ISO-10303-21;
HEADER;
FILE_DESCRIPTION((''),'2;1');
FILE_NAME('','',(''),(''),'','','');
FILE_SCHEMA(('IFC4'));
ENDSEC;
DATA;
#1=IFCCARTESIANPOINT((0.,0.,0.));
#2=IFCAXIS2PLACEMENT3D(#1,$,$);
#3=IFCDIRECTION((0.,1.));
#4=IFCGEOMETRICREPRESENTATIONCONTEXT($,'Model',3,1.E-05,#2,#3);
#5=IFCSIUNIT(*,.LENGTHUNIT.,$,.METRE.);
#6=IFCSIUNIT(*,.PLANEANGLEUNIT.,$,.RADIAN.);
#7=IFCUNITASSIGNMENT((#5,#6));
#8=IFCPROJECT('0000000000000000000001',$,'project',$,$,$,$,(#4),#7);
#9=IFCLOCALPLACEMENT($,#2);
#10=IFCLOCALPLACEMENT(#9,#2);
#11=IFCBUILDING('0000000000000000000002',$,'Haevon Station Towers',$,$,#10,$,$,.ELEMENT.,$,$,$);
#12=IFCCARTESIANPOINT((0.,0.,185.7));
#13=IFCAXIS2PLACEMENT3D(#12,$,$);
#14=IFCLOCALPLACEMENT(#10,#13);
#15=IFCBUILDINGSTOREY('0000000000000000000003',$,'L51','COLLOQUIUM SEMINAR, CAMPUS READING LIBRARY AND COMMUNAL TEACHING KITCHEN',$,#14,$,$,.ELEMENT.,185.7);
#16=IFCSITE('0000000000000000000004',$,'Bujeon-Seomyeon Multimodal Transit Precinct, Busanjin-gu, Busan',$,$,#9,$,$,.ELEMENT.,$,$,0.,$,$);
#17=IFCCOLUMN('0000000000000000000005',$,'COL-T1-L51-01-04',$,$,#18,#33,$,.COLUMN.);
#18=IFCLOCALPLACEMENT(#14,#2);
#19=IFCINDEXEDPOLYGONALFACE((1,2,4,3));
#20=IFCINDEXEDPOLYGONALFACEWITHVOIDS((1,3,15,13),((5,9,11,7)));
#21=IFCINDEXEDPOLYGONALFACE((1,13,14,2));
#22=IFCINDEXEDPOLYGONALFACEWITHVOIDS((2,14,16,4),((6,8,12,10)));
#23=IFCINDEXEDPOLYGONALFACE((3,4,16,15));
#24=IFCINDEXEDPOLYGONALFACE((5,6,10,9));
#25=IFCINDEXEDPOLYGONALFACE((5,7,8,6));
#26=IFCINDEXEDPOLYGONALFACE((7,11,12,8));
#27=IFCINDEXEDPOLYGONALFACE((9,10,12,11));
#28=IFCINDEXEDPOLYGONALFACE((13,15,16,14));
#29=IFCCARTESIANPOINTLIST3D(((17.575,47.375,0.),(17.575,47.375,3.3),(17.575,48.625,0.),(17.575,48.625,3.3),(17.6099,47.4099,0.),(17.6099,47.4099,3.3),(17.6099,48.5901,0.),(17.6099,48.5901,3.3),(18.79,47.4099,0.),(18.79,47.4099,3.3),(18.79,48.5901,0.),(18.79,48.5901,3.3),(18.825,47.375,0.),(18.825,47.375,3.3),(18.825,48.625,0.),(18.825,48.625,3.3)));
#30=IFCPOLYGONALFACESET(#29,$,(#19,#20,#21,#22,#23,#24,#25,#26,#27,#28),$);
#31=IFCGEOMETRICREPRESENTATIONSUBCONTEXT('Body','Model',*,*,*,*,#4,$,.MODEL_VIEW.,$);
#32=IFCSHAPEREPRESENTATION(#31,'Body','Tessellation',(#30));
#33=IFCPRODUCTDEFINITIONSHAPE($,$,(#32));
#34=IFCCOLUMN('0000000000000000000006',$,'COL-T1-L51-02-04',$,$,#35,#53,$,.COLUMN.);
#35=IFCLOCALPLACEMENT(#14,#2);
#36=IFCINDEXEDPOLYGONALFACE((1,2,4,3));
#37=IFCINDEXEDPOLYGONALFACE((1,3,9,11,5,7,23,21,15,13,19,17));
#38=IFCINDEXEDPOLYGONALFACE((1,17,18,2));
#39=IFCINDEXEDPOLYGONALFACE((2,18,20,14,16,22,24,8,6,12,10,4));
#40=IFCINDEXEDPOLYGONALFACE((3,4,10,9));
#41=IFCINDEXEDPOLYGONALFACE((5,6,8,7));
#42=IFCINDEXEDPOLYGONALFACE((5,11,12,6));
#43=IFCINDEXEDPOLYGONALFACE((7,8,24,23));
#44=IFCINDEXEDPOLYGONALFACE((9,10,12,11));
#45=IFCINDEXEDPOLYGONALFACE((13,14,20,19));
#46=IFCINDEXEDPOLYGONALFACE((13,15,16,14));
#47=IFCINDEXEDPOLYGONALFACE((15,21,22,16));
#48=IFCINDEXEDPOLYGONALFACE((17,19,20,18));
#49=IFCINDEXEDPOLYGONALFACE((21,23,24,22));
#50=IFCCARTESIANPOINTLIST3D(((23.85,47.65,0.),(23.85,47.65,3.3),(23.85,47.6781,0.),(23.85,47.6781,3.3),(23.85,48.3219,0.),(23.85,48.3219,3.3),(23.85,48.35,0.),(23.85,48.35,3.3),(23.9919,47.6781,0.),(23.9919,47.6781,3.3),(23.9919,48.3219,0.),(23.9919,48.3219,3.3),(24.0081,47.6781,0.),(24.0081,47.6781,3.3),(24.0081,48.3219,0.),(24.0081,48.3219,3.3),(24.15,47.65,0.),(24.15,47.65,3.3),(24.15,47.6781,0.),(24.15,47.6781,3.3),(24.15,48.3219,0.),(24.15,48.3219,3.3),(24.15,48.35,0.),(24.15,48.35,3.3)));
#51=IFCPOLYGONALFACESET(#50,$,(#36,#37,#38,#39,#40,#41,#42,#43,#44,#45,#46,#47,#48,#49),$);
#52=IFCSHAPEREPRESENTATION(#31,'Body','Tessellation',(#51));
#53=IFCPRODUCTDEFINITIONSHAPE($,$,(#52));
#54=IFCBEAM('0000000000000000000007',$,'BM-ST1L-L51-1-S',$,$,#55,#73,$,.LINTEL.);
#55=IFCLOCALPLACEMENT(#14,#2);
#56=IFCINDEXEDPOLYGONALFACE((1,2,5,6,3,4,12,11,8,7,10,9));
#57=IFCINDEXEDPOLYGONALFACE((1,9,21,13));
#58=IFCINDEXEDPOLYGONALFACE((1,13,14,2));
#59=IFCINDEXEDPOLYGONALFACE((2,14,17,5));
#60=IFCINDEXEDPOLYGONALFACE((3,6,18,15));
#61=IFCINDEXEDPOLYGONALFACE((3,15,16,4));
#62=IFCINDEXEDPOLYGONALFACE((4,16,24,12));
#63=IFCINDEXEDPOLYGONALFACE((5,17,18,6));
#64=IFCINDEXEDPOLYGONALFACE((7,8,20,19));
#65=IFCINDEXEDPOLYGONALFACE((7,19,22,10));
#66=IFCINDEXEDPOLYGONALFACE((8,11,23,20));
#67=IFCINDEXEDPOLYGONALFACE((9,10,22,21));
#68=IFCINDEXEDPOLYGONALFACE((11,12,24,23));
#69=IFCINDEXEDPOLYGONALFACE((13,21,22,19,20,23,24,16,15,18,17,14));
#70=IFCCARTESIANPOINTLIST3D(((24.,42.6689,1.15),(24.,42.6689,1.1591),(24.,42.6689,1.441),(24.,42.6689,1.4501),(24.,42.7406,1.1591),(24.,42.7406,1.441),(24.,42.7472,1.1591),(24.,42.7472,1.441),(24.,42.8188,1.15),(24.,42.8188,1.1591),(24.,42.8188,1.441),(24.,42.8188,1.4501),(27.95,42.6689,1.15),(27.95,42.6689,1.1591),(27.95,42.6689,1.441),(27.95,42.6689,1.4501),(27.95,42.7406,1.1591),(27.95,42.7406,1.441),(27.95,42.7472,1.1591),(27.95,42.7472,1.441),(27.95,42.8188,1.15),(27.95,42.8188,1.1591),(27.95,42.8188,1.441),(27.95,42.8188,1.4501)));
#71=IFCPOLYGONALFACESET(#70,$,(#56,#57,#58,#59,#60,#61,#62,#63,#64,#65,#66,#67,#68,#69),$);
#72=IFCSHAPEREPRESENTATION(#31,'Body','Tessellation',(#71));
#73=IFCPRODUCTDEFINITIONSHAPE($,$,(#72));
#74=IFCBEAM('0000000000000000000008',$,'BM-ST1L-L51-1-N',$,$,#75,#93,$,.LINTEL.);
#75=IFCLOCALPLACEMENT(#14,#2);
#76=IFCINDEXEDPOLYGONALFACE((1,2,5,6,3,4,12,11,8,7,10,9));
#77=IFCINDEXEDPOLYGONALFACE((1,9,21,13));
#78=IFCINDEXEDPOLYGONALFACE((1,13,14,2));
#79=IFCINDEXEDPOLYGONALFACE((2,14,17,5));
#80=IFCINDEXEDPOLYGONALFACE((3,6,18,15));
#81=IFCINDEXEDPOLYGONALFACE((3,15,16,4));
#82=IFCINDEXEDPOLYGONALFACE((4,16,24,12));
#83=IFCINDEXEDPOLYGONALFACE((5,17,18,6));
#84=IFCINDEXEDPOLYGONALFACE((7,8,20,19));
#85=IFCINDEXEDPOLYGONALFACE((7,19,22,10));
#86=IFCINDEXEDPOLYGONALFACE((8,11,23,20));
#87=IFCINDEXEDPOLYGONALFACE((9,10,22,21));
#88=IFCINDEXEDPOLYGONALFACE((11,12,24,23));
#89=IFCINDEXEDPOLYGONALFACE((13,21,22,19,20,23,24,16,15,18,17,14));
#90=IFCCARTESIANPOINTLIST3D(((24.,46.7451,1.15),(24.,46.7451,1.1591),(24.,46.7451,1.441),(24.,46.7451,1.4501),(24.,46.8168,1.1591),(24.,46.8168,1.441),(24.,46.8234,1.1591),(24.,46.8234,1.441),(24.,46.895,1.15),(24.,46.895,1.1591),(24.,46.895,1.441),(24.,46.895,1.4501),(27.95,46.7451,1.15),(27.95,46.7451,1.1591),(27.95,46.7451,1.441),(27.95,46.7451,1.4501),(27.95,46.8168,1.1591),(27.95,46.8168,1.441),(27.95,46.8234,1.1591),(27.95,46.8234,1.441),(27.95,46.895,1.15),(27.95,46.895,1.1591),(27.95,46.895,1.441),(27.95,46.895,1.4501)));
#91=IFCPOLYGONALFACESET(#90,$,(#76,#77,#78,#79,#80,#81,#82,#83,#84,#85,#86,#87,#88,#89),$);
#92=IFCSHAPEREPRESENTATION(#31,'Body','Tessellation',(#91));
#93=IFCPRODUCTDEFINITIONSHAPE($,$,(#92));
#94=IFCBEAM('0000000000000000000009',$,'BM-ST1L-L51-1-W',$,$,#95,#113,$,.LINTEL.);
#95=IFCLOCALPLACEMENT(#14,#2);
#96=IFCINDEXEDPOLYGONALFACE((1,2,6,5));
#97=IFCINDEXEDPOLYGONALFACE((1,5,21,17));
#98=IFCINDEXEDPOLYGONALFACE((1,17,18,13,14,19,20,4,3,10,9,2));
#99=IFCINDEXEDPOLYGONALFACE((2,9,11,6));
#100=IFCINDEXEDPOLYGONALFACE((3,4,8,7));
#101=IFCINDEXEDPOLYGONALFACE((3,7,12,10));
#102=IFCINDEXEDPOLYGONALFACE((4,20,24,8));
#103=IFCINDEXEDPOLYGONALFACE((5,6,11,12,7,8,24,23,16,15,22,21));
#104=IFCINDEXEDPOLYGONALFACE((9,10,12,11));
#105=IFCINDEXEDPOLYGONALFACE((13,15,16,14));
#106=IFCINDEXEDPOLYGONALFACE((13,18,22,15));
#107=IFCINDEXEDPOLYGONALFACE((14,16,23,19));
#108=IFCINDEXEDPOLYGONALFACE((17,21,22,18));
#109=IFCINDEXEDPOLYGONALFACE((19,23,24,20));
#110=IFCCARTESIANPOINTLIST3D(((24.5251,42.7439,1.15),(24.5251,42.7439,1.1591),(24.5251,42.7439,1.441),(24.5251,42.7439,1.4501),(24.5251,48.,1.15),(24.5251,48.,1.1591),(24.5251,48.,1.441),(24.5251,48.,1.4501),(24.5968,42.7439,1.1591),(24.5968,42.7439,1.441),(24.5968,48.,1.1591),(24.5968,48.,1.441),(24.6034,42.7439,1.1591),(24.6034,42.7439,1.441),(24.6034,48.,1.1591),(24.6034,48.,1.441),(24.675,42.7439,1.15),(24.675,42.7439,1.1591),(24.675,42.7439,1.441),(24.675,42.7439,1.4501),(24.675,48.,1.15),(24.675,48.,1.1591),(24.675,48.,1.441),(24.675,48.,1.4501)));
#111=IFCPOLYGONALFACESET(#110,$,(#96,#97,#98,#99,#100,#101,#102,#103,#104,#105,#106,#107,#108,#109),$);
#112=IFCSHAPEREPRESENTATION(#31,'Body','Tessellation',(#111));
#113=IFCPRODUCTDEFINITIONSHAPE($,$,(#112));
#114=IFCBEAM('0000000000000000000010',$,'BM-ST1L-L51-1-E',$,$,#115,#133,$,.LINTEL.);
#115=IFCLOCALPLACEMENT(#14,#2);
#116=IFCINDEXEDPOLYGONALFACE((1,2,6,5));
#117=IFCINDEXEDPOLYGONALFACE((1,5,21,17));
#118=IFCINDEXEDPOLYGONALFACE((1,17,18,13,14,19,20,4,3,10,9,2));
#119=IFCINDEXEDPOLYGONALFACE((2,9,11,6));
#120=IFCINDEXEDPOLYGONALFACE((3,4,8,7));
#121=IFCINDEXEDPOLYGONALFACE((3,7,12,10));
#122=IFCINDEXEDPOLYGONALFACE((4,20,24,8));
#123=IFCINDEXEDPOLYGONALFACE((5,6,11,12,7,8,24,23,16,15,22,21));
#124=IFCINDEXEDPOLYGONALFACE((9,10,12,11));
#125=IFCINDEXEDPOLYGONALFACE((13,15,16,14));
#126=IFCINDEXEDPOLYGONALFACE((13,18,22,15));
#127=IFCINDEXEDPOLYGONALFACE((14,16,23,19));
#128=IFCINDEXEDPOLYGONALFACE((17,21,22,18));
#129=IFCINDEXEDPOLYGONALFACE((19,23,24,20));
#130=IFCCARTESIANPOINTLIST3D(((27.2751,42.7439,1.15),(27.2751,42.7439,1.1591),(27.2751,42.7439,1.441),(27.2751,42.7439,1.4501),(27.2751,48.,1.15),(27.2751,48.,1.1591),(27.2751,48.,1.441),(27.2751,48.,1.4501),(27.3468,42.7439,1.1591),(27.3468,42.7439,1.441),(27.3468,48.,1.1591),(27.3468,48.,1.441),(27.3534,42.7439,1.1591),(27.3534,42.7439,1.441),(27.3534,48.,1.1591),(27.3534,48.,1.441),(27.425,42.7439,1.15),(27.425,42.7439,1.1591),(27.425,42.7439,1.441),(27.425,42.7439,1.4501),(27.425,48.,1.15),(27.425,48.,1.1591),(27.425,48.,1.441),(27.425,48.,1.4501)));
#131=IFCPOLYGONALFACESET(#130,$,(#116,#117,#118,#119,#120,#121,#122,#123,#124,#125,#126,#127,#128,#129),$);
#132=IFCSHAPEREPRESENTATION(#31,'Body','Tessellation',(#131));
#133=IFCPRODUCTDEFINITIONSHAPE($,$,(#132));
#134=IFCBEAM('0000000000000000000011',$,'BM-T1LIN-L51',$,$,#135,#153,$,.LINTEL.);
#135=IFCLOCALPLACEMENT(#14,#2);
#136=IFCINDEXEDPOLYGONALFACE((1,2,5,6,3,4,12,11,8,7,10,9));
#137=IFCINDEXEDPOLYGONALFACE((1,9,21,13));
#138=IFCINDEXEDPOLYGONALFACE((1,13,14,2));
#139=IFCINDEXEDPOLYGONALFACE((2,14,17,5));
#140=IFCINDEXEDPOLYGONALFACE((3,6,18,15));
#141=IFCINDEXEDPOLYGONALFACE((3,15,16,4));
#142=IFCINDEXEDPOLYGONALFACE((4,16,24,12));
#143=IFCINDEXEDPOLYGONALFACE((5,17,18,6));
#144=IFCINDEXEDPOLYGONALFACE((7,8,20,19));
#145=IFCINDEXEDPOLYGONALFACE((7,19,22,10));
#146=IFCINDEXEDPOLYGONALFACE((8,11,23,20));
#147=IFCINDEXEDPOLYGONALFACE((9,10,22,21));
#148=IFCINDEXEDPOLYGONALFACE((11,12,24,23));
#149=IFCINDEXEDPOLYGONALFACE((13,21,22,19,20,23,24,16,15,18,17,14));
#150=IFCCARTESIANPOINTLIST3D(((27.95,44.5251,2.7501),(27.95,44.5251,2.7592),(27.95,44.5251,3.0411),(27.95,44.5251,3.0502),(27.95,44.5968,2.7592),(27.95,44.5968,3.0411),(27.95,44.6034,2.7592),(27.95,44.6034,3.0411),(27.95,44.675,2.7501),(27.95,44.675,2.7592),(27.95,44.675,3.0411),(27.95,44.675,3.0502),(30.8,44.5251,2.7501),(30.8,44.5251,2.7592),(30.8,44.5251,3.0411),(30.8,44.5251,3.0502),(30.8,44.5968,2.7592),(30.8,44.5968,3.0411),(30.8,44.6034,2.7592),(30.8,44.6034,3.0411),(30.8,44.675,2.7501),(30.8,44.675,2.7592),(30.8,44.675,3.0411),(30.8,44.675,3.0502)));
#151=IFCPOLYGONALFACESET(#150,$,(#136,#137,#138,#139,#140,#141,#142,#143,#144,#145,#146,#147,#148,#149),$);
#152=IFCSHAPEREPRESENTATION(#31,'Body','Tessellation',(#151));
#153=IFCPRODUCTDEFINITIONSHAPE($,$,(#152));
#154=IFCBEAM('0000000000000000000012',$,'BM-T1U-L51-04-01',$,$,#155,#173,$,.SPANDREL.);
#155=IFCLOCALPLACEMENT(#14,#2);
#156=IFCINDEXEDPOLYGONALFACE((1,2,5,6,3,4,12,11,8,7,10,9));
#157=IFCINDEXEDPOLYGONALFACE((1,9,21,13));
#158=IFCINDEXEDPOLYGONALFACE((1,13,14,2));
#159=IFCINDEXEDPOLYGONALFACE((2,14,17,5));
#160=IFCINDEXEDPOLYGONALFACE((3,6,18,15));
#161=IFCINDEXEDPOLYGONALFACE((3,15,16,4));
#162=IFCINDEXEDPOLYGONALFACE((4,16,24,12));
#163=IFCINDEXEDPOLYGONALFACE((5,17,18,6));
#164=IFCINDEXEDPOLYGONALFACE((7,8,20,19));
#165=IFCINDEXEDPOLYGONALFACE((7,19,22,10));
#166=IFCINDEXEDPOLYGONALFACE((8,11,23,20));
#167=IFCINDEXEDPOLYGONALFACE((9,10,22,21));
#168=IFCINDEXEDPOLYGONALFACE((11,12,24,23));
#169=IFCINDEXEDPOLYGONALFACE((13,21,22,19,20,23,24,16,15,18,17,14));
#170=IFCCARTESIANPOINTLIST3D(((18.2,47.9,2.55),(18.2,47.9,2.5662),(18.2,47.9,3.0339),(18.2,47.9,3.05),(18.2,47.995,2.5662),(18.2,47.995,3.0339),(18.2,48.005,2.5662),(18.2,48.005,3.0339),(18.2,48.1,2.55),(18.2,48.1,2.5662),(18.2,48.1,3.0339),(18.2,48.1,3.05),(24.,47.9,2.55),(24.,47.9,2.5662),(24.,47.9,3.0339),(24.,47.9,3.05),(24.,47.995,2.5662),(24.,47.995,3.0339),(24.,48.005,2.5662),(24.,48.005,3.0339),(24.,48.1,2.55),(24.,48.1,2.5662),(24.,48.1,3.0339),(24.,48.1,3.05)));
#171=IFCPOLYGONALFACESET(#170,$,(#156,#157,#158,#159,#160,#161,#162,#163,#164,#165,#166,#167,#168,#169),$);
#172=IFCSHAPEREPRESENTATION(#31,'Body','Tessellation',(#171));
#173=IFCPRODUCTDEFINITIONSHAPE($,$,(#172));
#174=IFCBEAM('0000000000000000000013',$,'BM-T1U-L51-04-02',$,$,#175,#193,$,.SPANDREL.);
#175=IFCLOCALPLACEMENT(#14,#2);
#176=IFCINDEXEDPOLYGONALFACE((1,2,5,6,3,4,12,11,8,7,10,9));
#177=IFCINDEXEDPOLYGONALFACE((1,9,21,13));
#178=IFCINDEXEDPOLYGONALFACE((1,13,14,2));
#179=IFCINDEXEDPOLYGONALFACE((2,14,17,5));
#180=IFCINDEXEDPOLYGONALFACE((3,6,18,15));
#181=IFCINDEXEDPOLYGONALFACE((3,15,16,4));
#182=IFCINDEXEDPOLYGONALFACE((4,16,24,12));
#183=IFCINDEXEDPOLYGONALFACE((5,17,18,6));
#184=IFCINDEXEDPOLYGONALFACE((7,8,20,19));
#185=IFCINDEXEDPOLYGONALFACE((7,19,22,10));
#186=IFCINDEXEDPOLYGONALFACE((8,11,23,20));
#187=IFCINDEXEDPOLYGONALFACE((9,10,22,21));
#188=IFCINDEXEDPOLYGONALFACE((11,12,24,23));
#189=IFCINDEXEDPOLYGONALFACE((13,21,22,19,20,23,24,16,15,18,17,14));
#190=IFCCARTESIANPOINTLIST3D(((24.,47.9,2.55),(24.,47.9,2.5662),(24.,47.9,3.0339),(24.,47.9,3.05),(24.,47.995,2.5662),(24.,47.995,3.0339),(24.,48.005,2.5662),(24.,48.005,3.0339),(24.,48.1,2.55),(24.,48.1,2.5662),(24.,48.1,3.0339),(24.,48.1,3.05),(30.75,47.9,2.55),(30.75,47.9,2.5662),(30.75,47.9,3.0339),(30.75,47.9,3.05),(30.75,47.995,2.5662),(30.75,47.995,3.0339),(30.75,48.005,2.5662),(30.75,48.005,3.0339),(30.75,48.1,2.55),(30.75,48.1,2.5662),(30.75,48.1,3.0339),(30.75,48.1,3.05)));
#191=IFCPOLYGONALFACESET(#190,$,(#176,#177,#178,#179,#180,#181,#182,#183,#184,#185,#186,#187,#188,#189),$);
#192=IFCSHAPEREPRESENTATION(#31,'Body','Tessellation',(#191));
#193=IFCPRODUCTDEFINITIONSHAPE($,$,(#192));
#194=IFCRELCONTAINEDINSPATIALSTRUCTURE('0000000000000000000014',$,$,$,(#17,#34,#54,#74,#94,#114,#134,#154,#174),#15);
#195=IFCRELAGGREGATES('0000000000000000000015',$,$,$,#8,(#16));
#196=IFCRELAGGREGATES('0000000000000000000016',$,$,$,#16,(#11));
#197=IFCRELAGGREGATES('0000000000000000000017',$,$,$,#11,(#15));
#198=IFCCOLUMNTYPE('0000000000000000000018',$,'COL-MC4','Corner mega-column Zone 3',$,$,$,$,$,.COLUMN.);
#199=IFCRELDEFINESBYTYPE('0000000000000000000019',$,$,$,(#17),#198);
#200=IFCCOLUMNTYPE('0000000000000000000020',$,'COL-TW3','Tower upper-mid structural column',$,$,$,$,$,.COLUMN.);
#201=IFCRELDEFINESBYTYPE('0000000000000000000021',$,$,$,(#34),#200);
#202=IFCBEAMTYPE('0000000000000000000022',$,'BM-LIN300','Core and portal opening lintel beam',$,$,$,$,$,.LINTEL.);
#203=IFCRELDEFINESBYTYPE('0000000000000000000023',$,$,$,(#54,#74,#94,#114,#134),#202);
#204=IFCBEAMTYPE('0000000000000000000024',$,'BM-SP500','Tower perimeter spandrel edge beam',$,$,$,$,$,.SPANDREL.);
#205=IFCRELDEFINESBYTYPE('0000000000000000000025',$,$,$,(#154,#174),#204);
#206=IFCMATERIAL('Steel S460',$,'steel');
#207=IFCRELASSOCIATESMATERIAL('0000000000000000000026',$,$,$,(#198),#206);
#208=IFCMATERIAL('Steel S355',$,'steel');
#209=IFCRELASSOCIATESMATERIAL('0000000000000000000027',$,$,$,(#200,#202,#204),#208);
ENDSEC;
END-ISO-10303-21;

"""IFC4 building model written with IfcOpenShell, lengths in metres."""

from ifc_helpers import new_model, si_unit, direction, frame, origin, origin_2d, place, context, subcontext, project, spatial, hollow_rectangle, i_section, extrude, material, material_profile, profile_set, type_object, element, save


model = new_model("IFC4")

# Units and contexts
model_context = context("Model", 3, precision=1e-05, world=origin(), true_north=direction((0.0, 1.0)))
body_context = subcontext(model_context, "Body", "Model", "MODEL_VIEW")
ifc_project = project(units=[si_unit("LENGTHUNIT", "METRE"), si_unit("PLANEANGLEUNIT", "RADIAN")], contexts=[model_context])

# Site, building, storey
site_placement = place(None, origin())
site = spatial("IfcSite", under=ifc_project, at=site_placement, Name="Bujeon-Seomyeon Multimodal Transit Precinct, Busanjin-gu, Busan", CompositionType="ELEMENT", RefElevation=0.0)
building_placement = place(site_placement, origin())
building = spatial("IfcBuilding", under=site, at=building_placement, Name="Haevon Station Towers", CompositionType="ELEMENT")
storey_placement = place(building_placement, frame((0.0, 0.0, 185.7)))
storey = spatial("IfcBuildingStorey", under=building, at=storey_placement, Name="L51", Description="COLLOQUIUM SEMINAR, CAMPUS READING LIBRARY AND COMMUNAL TEACHING KITCHEN", CompositionType="ELEMENT", Elevation=185.7)

# Columns
ifc_material_1 = material(Name="Steel S460", Category="steel")
ifc_material_profile_1 = material_profile(ifc_material_1, hollow_rectangle(XDim=1.25, YDim=1.25, WallThickness=0.0349, at=origin_2d()), Name="BOX-1250x1250x35")
ifc_profile_set_1 = profile_set([ifc_material_profile_1], Name="Steel S460")
column_type_1 = type_object("IfcColumnType", Name="COL-MC4", Description="Corner mega-column Zone 3", PredefinedType="COLUMN", material=ifc_profile_set_1)
column_1_placement = place(storey_placement, frame((18.2, 48.0, 0.0), z_axis=(0.0, 0.0, 1.0), x_axis=(1.0, 0.0, 0.0)))
element("IfcColumn", 1, at=column_1_placement, inside=storey, type_object=column_type_1, Name="COL-T1-L51-01-04", PredefinedType="COLUMN", context=body_context, shape_type="SweptSolid", body=[
    extrude(hollow_rectangle(XDim=1.25, YDim=1.25, WallThickness=0.0349, at=origin_2d()), origin(), (0.0, 0.0, 1.0), 3.3),
])
ifc_material_2 = material(Name="Steel S355", Category="steel")
ifc_material_profile_2 = material_profile(ifc_material_2, i_section(OverallWidth=0.3, OverallDepth=0.7, WebThickness=0.0161, FlangeThickness=0.0281, at=origin_2d()), Name="H-700x300x16x28")
ifc_profile_set_2 = profile_set([ifc_material_profile_2], Name="Steel S355")
column_type_2 = type_object("IfcColumnType", Name="COL-TW3", Description="Tower upper-mid structural column", PredefinedType="COLUMN", material=ifc_profile_set_2)
column_2_placement = place(storey_placement, frame((24.0, 48.0, 0.0), z_axis=(0.0, 0.0, 1.0), x_axis=(1.0, 0.0, 0.0)))
element("IfcColumn", 2, at=column_2_placement, inside=storey, type_object=column_type_2, Name="COL-T1-L51-02-04", PredefinedType="COLUMN", context=body_context, shape_type="SweptSolid", body=[
    extrude(i_section(OverallWidth=0.3, OverallDepth=0.7, WebThickness=0.0161, FlangeThickness=0.0281, at=origin_2d()), origin(), (0.0, 0.0, 1.0), 3.3),
])

# Beams
ifc_material_profile_3 = material_profile(ifc_material_2, i_section(OverallWidth=0.1499, OverallDepth=0.3, WebThickness=0.0066, FlangeThickness=0.009, at=origin_2d()), Name="H-300x150x6.5x9")
ifc_profile_set_3 = profile_set([ifc_material_profile_3], Name="Steel S355")
beam_type_1 = type_object("IfcBeamType", Name="BM-LIN300", Description="Core and portal opening lintel beam", PredefinedType="LINTEL", material=ifc_profile_set_3)
for number, where, z_axis, x_axis, name in (
    (3, (24.0, 42.7439, 1.3), (1.0, 0.0, 0.0), (0.0, 1.0, 0.0), "BM-ST1L-L51-1-S"),
    (4, (24.0, 46.8201, 1.3), (1.0, 0.0, 0.0), (0.0, 1.0, 0.0), "BM-ST1L-L51-1-N"),
):
    element("IfcBeam", number, at=place(storey_placement, frame(where, z_axis=z_axis, x_axis=x_axis)), inside=storey, type_object=beam_type_1, Name=name, PredefinedType="LINTEL", context=body_context, shape_type="SweptSolid", body=[
        extrude(i_section(OverallWidth=0.1499, OverallDepth=0.3, WebThickness=0.0066, FlangeThickness=0.009, at=origin_2d()), origin(), (0.0, 0.0, 1.0), 3.95),
    ])
for number, where, z_axis, x_axis, name in (
    (5, (24.6001, 42.7439, 1.3), (0.0, 1.0, 0.0), (-1.0, 0.0, 0.0), "BM-ST1L-L51-1-W"),
    (6, (27.3501, 42.7439, 1.3), (0.0, 1.0, 0.0), (-1.0, 0.0, 0.0), "BM-ST1L-L51-1-E"),
):
    element("IfcBeam", number, at=place(storey_placement, frame(where, z_axis=z_axis, x_axis=x_axis)), inside=storey, type_object=beam_type_1, Name=name, PredefinedType="LINTEL", context=body_context, shape_type="SweptSolid", body=[
        extrude(i_section(OverallWidth=0.1499, OverallDepth=0.3, WebThickness=0.0066, FlangeThickness=0.009, at=origin_2d()), origin(), (0.0, 0.0, 1.0), 5.2561),
    ])
beam_1_placement = place(storey_placement, frame((27.95, 44.6001, 2.9001), z_axis=(1.0, 0.0, 0.0), x_axis=(0.0, 1.0, 0.0)))
element("IfcBeam", 7, at=beam_1_placement, inside=storey, type_object=beam_type_1, Name="BM-T1LIN-L51", PredefinedType="LINTEL", context=body_context, shape_type="SweptSolid", body=[
    extrude(i_section(OverallWidth=0.1499, OverallDepth=0.3, WebThickness=0.0066, FlangeThickness=0.009, at=origin_2d()), origin(), (0.0, 0.0, 1.0), 2.8501),
])
ifc_material_profile_4 = material_profile(ifc_material_2, i_section(OverallWidth=0.2, OverallDepth=0.5, WebThickness=0.01, FlangeThickness=0.0161, at=origin_2d()), Name="H-500x200x10x16")
ifc_profile_set_4 = profile_set([ifc_material_profile_4], Name="Steel S355")
beam_type_2 = type_object("IfcBeamType", Name="BM-SP500", Description="Tower perimeter spandrel edge beam", PredefinedType="SPANDREL", material=ifc_profile_set_4)
beam_2_placement = place(storey_placement, frame((18.2, 48.0, 2.8), z_axis=(1.0, 0.0, 0.0), x_axis=(0.0, 1.0, 0.0)))
element("IfcBeam", 8, at=beam_2_placement, inside=storey, type_object=beam_type_2, Name="BM-T1U-L51-04-01", PredefinedType="SPANDREL", context=body_context, shape_type="SweptSolid", body=[
    extrude(i_section(OverallWidth=0.2, OverallDepth=0.5, WebThickness=0.01, FlangeThickness=0.0161, at=origin_2d()), origin(), (0.0, 0.0, 1.0), 5.8),
])
beam_3_placement = place(storey_placement, frame((24.0, 48.0, 2.8), z_axis=(1.0, 0.0, 0.0), x_axis=(0.0, 1.0, 0.0)))
element("IfcBeam", 9, at=beam_3_placement, inside=storey, type_object=beam_type_2, Name="BM-T1U-L51-04-02", PredefinedType="SPANDREL", context=body_context, shape_type="SweptSolid", body=[
    extrude(i_section(OverallWidth=0.2, OverallDepth=0.5, WebThickness=0.01, FlangeThickness=0.0161, at=origin_2d()), origin(), (0.0, 0.0, 1.0), 6.75),
])

save(model, "model.ifc")
